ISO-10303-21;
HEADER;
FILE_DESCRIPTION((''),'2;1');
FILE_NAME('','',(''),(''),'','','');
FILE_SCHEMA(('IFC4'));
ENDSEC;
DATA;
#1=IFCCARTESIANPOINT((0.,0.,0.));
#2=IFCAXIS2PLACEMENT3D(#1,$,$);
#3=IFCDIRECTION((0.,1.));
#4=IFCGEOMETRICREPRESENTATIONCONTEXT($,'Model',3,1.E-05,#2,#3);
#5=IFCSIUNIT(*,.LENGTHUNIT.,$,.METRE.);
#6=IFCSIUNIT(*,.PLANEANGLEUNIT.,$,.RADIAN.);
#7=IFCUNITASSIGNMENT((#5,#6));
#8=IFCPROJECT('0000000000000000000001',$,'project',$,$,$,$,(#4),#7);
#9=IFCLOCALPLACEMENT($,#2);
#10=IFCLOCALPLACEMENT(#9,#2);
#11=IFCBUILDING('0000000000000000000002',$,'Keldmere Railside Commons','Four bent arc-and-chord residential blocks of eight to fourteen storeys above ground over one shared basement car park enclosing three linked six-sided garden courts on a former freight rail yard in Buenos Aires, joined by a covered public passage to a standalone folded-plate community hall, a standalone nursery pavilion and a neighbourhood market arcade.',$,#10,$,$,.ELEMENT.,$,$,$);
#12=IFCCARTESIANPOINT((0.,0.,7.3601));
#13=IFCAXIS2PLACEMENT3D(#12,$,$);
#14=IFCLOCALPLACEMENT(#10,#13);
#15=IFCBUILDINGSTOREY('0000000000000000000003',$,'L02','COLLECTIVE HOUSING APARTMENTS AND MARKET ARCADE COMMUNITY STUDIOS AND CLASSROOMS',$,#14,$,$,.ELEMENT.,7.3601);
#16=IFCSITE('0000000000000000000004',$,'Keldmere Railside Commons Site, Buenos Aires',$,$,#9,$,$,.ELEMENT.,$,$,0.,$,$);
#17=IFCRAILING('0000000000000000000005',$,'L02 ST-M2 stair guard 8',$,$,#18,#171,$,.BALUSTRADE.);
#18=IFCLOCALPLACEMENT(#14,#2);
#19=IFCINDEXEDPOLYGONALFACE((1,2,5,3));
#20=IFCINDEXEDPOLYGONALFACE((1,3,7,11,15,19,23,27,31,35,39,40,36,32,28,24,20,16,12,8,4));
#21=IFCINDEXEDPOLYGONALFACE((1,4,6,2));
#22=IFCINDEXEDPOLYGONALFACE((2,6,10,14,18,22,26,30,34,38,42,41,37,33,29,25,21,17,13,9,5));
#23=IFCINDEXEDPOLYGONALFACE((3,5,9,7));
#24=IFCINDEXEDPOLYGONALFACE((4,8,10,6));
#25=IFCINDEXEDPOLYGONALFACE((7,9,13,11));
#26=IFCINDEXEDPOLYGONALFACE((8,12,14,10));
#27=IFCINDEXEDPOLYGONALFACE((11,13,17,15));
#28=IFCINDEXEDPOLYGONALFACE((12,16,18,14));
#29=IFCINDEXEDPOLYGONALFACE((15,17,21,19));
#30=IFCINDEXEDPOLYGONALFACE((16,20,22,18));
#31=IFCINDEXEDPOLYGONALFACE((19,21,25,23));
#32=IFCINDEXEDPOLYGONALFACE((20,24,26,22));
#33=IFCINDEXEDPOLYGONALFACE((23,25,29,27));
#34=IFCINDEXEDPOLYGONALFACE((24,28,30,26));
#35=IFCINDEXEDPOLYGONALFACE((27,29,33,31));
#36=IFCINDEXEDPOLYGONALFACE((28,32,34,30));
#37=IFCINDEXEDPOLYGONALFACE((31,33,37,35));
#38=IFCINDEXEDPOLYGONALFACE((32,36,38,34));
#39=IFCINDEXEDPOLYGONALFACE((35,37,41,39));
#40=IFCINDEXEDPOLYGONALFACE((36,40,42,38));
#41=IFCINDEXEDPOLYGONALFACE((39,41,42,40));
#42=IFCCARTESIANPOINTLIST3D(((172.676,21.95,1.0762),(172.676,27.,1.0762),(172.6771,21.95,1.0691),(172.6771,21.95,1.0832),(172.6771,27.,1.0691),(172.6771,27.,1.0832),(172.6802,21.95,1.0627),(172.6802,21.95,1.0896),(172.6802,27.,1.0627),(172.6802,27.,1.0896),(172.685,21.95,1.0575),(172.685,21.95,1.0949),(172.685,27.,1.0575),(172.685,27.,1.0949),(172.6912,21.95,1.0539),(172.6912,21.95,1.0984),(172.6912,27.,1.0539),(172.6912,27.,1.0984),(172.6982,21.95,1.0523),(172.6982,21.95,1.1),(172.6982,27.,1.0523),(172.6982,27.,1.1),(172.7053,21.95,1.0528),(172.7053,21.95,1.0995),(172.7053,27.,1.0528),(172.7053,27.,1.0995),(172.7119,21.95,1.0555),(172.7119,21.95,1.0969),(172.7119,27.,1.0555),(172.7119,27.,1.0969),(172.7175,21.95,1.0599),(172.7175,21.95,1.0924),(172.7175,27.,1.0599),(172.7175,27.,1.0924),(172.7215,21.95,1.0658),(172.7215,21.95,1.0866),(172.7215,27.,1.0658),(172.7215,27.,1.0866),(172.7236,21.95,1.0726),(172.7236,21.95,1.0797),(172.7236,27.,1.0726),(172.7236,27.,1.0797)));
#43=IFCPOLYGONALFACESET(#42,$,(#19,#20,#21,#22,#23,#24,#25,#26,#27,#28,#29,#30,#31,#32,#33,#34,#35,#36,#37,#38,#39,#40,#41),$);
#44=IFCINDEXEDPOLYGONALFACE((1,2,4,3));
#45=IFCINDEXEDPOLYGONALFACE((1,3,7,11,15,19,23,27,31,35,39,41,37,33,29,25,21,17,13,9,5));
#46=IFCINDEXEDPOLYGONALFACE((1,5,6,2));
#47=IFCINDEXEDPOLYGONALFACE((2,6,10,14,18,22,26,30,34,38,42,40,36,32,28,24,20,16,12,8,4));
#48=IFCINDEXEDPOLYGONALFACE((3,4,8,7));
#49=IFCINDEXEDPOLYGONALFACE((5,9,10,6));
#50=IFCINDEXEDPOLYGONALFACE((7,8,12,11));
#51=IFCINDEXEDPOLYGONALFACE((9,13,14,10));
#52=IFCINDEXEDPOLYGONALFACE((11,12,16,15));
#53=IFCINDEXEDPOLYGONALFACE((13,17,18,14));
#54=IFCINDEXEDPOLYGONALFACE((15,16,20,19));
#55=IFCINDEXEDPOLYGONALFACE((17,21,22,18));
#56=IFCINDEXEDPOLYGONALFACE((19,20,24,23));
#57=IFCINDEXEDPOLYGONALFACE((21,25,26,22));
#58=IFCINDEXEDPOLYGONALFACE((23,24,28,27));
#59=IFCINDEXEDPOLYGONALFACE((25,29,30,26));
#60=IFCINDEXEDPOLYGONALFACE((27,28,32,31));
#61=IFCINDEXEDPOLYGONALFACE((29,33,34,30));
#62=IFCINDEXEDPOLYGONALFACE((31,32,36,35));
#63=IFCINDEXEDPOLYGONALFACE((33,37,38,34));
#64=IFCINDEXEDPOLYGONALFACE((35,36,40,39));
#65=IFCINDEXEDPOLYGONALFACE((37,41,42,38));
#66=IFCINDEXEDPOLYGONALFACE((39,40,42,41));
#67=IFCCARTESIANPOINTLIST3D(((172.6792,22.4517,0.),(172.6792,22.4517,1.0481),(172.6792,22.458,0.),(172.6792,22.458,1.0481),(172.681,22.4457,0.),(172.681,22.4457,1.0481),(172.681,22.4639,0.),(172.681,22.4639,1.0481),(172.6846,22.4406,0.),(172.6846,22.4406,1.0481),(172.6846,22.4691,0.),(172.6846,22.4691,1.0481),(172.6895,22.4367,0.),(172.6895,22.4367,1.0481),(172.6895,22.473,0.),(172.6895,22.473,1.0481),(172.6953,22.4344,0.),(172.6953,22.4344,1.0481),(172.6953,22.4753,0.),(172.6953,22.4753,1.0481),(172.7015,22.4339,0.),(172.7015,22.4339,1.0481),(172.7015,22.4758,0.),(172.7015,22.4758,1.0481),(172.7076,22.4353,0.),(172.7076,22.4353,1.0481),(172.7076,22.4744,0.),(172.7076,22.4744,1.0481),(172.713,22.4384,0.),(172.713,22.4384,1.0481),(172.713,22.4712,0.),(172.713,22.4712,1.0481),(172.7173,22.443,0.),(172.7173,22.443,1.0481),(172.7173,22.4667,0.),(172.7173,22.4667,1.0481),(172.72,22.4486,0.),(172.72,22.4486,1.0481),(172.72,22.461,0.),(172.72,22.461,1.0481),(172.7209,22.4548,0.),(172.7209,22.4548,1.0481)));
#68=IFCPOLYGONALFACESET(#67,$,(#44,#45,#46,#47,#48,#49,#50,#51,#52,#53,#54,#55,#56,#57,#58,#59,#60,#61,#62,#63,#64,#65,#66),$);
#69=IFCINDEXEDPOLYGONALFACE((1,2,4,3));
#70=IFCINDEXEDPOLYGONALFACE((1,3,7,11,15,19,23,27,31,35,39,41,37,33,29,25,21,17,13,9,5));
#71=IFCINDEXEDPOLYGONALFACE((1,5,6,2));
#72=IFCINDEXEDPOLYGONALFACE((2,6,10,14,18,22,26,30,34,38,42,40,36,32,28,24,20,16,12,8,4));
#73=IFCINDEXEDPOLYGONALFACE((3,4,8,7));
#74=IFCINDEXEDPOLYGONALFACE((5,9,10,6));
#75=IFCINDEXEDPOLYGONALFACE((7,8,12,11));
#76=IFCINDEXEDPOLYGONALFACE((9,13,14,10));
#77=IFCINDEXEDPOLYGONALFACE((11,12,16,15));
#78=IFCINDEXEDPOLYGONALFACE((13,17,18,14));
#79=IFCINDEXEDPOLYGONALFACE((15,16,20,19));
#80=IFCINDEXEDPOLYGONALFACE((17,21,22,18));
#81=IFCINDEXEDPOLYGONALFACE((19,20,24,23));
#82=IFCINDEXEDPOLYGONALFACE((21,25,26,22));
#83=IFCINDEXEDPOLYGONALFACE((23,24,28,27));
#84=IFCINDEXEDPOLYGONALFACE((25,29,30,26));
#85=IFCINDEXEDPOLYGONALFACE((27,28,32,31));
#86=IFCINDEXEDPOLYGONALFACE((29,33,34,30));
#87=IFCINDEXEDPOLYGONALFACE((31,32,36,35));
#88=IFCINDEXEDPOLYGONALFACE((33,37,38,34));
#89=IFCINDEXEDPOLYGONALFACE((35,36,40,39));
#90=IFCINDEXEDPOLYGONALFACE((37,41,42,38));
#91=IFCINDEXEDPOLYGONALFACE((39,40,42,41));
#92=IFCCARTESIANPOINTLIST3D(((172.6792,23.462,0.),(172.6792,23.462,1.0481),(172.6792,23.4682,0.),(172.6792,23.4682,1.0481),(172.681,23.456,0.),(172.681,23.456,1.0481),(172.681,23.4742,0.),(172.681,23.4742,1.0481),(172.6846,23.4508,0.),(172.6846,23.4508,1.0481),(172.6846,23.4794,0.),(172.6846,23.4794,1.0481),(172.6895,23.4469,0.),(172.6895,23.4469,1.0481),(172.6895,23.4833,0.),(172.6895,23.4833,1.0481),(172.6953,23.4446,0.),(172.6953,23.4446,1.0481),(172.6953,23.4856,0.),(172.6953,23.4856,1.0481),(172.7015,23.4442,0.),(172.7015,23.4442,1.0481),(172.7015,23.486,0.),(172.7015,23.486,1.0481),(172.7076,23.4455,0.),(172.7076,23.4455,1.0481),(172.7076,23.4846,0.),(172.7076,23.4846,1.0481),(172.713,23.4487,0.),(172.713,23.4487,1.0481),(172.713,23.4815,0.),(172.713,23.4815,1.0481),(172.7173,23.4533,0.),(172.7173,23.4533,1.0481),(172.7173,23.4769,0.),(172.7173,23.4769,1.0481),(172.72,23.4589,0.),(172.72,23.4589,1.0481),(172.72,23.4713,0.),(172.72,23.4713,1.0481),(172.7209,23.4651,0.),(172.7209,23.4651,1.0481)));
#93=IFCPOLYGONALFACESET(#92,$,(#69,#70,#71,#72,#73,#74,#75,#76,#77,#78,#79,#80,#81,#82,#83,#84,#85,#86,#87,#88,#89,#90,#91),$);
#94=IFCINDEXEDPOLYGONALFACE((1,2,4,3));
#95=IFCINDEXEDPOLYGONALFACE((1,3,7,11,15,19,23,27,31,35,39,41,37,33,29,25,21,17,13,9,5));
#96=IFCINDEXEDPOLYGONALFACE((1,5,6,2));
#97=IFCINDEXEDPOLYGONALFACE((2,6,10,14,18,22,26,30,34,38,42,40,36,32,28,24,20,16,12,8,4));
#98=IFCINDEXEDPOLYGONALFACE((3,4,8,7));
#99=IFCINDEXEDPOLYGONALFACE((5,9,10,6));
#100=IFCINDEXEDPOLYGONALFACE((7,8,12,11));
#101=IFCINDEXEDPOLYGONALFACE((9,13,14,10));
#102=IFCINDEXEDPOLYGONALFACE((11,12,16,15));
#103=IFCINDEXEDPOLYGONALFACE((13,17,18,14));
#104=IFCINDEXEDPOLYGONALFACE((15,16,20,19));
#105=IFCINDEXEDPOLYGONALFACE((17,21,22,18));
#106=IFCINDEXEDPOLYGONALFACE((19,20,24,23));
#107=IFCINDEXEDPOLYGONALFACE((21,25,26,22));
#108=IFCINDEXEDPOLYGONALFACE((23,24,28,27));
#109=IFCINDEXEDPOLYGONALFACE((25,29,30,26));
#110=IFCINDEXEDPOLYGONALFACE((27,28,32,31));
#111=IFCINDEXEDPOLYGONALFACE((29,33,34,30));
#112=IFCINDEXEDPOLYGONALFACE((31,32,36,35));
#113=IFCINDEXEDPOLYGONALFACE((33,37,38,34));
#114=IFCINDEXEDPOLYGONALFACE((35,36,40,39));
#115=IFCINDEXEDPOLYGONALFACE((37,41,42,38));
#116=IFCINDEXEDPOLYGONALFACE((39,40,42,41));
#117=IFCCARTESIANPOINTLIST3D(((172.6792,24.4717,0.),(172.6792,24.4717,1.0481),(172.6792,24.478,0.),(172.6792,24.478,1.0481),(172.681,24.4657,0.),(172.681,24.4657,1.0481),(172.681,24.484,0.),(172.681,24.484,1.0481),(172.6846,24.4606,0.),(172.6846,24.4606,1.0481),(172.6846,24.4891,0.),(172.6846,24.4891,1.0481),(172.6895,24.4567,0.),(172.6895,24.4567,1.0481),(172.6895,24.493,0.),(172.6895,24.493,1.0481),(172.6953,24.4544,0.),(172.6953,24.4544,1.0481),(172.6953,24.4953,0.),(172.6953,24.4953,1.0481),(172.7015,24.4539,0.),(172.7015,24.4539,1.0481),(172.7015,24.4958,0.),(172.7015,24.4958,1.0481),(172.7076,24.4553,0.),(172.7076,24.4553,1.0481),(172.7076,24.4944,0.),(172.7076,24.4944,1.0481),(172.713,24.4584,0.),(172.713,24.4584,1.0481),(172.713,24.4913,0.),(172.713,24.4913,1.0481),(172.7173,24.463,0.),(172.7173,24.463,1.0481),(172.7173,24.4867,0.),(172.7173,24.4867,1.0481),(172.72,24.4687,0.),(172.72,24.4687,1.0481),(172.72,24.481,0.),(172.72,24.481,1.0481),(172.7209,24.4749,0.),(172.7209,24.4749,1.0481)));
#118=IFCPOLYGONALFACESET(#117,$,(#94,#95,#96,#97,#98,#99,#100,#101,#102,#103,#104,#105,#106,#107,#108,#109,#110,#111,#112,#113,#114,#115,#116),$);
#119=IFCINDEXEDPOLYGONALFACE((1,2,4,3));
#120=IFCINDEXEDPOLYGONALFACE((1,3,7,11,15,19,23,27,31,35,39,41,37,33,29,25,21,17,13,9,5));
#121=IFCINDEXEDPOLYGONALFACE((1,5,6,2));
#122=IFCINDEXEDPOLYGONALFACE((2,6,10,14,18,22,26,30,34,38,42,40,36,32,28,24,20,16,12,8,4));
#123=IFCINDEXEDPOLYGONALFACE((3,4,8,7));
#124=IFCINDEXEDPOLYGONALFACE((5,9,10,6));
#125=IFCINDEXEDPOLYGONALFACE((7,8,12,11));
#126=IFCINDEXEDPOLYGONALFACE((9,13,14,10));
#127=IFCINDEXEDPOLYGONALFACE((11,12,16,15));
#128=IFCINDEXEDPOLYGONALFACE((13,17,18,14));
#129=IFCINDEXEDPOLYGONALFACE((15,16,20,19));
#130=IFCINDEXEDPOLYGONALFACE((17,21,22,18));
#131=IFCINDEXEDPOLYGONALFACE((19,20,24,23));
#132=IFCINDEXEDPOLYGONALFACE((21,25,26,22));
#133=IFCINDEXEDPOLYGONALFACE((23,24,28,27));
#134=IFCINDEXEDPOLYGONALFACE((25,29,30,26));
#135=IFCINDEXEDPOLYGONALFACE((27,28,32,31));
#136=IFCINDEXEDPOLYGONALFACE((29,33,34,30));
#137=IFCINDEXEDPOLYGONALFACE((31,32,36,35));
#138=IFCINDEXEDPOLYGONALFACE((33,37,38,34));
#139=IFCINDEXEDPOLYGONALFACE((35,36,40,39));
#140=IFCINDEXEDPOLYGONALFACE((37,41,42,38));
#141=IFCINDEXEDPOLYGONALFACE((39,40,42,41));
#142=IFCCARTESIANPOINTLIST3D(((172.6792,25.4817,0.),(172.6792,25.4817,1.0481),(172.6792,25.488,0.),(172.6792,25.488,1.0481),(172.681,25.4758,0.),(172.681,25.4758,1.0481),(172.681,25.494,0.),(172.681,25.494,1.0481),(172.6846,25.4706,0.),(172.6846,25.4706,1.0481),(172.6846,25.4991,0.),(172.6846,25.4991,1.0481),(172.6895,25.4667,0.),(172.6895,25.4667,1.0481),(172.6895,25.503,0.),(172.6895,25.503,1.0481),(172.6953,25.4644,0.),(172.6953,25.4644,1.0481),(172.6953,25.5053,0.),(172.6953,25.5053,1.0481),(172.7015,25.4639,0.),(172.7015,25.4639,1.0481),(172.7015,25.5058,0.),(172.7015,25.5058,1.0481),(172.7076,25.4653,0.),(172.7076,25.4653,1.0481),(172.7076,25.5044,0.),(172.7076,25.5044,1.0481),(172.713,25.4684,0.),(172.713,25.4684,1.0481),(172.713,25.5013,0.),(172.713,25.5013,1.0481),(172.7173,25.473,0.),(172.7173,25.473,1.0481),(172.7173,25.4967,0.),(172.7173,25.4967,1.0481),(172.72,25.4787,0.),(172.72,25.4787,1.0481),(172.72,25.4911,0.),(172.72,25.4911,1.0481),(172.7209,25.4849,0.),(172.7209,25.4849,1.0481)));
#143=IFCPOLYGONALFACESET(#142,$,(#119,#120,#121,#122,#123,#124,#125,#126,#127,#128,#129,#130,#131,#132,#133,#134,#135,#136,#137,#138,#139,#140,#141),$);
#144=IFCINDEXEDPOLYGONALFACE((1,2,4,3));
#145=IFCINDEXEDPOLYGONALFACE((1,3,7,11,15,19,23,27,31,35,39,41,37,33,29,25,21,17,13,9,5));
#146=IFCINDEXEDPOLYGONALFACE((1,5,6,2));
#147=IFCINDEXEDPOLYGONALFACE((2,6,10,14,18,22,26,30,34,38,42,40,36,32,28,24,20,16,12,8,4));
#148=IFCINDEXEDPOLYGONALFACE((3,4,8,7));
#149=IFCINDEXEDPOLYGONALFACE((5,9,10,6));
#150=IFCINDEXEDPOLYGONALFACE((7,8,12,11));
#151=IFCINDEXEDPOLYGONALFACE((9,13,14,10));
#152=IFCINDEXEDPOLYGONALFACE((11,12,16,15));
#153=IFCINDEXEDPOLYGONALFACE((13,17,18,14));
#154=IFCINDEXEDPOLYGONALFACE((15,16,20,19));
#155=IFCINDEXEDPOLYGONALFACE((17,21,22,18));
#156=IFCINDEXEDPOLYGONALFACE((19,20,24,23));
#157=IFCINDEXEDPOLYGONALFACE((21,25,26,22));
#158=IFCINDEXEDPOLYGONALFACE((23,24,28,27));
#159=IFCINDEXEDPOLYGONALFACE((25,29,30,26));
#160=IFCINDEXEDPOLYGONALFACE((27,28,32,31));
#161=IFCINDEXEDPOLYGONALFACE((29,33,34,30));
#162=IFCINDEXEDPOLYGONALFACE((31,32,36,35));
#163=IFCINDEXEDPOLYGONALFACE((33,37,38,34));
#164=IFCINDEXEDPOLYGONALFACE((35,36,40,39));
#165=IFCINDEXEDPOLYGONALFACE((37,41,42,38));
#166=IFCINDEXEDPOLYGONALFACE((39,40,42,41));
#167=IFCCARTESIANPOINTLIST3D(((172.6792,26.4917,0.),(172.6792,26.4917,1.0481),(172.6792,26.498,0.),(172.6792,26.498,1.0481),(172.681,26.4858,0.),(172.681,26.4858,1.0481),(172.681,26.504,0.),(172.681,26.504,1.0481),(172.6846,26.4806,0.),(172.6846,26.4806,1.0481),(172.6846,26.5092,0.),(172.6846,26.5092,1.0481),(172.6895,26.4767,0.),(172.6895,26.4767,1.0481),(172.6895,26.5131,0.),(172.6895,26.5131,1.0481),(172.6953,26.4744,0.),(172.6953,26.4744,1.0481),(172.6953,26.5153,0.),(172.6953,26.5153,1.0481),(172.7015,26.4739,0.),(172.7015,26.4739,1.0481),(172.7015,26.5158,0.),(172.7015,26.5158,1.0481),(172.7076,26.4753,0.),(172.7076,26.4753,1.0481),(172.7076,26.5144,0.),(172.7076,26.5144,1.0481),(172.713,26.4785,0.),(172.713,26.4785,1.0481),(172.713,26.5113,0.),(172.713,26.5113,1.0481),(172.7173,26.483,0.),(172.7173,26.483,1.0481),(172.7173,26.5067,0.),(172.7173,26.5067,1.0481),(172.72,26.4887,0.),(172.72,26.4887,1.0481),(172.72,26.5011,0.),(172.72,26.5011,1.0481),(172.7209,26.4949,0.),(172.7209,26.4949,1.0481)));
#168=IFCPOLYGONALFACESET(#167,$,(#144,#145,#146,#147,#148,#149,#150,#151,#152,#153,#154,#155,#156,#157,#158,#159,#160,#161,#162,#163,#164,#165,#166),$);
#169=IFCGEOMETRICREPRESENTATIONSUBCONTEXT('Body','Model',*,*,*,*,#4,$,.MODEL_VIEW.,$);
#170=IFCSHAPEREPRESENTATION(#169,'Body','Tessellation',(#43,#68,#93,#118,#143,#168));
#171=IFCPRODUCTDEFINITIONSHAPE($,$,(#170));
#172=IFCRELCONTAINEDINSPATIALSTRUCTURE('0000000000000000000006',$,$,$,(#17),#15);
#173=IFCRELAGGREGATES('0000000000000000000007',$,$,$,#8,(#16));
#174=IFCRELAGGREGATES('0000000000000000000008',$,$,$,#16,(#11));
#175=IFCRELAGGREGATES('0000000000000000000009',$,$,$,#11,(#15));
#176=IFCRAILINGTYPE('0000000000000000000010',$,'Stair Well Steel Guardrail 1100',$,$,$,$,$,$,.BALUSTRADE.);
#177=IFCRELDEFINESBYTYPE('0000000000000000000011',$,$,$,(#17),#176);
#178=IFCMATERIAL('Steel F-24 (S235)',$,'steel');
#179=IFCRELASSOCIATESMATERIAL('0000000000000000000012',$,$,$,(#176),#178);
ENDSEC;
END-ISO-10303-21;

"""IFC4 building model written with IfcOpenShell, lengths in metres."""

from ifc_helpers import new_model, si_unit, direction, frame, origin, origin_2d, place, context, subcontext, project, spatial, circle, extrude, material, type_object, element, save


model = new_model("IFC4")

# Units and contexts
model_context = context("Model", 3, precision=1e-05, world=origin(), true_north=direction((0.0, 1.0)))
body_context = subcontext(model_context, "Body", "Model", "MODEL_VIEW")
ifc_project = project(units=[si_unit("LENGTHUNIT", "METRE"), si_unit("PLANEANGLEUNIT", "RADIAN")], contexts=[model_context])

# Site, building, storey
site_placement = place(None, origin())
site = spatial("IfcSite", under=ifc_project, at=site_placement, Name="Keldmere Railside Commons Site, Buenos Aires", CompositionType="ELEMENT", RefElevation=0.0)
building_placement = place(site_placement, origin())
building = spatial("IfcBuilding", under=site, at=building_placement, Name="Keldmere Railside Commons", Description="Four bent arc-and-chord residential blocks of eight to fourteen storeys above ground over one shared basement car park enclosing three linked six-sided garden courts on a former freight rail yard in Buenos Aires, joined by a covered public passage to a standalone folded-plate community hall, a standalone nursery pavilion and a neighbourhood market arcade.", CompositionType="ELEMENT")
storey_placement = place(building_placement, frame((0.0, 0.0, 7.3601)))
storey = spatial("IfcBuildingStorey", under=building, at=storey_placement, Name="L02", Description="COLLECTIVE HOUSING APARTMENTS AND MARKET ARCADE COMMUNITY STUDIOS AND CLASSROOMS", CompositionType="ELEMENT", Elevation=7.3601)

# Shared definitions
ifc_material_1 = material(Name="Steel F-24 (S235)", Category="steel")

# Railing
railing_type = type_object("IfcRailingType", Name="Stair Well Steel Guardrail 1100", PredefinedType="BALUSTRADE", material=ifc_material_1)
railing_1_placement = place(storey_placement, frame((172.7, 21.95, 0.0)))
element("IfcRailing", 1, at=railing_1_placement, inside=storey, type_object=railing_type, Name="L02 ST-M2 stair guard 8", PredefinedType="BALUSTRADE", context=body_context, shape_type="SweptSolid", body=[
    extrude(circle(Radius=0.0239, at=origin_2d()), frame((0.0, 0.0, 1.0762), z_axis=(0.0, 1.0, 0.0), x_axis=(-1.0, 0.0, 0.0)), (0.0, 0.0, 1.0), 5.05),
    extrude(circle(Radius=0.021, at=origin_2d()), frame((0.0, 0.5049, 0.0)), (0.0, 0.0, 1.0), 1.0481),
    extrude(circle(Radius=0.021, at=origin_2d()), frame((0.0, 1.5151, 0.0)), (0.0, 0.0, 1.0), 1.0481),
    extrude(circle(Radius=0.021, at=origin_2d()), frame((0.0, 2.5249, 0.0)), (0.0, 0.0, 1.0), 1.0481),
    extrude(circle(Radius=0.021, at=origin_2d()), frame((0.0, 3.5349, 0.0)), (0.0, 0.0, 1.0), 1.0481),
    extrude(circle(Radius=0.021, at=origin_2d()), frame((0.0, 4.5449, 0.0)), (0.0, 0.0, 1.0), 1.0481),
])

save(model, "model.ifc")
